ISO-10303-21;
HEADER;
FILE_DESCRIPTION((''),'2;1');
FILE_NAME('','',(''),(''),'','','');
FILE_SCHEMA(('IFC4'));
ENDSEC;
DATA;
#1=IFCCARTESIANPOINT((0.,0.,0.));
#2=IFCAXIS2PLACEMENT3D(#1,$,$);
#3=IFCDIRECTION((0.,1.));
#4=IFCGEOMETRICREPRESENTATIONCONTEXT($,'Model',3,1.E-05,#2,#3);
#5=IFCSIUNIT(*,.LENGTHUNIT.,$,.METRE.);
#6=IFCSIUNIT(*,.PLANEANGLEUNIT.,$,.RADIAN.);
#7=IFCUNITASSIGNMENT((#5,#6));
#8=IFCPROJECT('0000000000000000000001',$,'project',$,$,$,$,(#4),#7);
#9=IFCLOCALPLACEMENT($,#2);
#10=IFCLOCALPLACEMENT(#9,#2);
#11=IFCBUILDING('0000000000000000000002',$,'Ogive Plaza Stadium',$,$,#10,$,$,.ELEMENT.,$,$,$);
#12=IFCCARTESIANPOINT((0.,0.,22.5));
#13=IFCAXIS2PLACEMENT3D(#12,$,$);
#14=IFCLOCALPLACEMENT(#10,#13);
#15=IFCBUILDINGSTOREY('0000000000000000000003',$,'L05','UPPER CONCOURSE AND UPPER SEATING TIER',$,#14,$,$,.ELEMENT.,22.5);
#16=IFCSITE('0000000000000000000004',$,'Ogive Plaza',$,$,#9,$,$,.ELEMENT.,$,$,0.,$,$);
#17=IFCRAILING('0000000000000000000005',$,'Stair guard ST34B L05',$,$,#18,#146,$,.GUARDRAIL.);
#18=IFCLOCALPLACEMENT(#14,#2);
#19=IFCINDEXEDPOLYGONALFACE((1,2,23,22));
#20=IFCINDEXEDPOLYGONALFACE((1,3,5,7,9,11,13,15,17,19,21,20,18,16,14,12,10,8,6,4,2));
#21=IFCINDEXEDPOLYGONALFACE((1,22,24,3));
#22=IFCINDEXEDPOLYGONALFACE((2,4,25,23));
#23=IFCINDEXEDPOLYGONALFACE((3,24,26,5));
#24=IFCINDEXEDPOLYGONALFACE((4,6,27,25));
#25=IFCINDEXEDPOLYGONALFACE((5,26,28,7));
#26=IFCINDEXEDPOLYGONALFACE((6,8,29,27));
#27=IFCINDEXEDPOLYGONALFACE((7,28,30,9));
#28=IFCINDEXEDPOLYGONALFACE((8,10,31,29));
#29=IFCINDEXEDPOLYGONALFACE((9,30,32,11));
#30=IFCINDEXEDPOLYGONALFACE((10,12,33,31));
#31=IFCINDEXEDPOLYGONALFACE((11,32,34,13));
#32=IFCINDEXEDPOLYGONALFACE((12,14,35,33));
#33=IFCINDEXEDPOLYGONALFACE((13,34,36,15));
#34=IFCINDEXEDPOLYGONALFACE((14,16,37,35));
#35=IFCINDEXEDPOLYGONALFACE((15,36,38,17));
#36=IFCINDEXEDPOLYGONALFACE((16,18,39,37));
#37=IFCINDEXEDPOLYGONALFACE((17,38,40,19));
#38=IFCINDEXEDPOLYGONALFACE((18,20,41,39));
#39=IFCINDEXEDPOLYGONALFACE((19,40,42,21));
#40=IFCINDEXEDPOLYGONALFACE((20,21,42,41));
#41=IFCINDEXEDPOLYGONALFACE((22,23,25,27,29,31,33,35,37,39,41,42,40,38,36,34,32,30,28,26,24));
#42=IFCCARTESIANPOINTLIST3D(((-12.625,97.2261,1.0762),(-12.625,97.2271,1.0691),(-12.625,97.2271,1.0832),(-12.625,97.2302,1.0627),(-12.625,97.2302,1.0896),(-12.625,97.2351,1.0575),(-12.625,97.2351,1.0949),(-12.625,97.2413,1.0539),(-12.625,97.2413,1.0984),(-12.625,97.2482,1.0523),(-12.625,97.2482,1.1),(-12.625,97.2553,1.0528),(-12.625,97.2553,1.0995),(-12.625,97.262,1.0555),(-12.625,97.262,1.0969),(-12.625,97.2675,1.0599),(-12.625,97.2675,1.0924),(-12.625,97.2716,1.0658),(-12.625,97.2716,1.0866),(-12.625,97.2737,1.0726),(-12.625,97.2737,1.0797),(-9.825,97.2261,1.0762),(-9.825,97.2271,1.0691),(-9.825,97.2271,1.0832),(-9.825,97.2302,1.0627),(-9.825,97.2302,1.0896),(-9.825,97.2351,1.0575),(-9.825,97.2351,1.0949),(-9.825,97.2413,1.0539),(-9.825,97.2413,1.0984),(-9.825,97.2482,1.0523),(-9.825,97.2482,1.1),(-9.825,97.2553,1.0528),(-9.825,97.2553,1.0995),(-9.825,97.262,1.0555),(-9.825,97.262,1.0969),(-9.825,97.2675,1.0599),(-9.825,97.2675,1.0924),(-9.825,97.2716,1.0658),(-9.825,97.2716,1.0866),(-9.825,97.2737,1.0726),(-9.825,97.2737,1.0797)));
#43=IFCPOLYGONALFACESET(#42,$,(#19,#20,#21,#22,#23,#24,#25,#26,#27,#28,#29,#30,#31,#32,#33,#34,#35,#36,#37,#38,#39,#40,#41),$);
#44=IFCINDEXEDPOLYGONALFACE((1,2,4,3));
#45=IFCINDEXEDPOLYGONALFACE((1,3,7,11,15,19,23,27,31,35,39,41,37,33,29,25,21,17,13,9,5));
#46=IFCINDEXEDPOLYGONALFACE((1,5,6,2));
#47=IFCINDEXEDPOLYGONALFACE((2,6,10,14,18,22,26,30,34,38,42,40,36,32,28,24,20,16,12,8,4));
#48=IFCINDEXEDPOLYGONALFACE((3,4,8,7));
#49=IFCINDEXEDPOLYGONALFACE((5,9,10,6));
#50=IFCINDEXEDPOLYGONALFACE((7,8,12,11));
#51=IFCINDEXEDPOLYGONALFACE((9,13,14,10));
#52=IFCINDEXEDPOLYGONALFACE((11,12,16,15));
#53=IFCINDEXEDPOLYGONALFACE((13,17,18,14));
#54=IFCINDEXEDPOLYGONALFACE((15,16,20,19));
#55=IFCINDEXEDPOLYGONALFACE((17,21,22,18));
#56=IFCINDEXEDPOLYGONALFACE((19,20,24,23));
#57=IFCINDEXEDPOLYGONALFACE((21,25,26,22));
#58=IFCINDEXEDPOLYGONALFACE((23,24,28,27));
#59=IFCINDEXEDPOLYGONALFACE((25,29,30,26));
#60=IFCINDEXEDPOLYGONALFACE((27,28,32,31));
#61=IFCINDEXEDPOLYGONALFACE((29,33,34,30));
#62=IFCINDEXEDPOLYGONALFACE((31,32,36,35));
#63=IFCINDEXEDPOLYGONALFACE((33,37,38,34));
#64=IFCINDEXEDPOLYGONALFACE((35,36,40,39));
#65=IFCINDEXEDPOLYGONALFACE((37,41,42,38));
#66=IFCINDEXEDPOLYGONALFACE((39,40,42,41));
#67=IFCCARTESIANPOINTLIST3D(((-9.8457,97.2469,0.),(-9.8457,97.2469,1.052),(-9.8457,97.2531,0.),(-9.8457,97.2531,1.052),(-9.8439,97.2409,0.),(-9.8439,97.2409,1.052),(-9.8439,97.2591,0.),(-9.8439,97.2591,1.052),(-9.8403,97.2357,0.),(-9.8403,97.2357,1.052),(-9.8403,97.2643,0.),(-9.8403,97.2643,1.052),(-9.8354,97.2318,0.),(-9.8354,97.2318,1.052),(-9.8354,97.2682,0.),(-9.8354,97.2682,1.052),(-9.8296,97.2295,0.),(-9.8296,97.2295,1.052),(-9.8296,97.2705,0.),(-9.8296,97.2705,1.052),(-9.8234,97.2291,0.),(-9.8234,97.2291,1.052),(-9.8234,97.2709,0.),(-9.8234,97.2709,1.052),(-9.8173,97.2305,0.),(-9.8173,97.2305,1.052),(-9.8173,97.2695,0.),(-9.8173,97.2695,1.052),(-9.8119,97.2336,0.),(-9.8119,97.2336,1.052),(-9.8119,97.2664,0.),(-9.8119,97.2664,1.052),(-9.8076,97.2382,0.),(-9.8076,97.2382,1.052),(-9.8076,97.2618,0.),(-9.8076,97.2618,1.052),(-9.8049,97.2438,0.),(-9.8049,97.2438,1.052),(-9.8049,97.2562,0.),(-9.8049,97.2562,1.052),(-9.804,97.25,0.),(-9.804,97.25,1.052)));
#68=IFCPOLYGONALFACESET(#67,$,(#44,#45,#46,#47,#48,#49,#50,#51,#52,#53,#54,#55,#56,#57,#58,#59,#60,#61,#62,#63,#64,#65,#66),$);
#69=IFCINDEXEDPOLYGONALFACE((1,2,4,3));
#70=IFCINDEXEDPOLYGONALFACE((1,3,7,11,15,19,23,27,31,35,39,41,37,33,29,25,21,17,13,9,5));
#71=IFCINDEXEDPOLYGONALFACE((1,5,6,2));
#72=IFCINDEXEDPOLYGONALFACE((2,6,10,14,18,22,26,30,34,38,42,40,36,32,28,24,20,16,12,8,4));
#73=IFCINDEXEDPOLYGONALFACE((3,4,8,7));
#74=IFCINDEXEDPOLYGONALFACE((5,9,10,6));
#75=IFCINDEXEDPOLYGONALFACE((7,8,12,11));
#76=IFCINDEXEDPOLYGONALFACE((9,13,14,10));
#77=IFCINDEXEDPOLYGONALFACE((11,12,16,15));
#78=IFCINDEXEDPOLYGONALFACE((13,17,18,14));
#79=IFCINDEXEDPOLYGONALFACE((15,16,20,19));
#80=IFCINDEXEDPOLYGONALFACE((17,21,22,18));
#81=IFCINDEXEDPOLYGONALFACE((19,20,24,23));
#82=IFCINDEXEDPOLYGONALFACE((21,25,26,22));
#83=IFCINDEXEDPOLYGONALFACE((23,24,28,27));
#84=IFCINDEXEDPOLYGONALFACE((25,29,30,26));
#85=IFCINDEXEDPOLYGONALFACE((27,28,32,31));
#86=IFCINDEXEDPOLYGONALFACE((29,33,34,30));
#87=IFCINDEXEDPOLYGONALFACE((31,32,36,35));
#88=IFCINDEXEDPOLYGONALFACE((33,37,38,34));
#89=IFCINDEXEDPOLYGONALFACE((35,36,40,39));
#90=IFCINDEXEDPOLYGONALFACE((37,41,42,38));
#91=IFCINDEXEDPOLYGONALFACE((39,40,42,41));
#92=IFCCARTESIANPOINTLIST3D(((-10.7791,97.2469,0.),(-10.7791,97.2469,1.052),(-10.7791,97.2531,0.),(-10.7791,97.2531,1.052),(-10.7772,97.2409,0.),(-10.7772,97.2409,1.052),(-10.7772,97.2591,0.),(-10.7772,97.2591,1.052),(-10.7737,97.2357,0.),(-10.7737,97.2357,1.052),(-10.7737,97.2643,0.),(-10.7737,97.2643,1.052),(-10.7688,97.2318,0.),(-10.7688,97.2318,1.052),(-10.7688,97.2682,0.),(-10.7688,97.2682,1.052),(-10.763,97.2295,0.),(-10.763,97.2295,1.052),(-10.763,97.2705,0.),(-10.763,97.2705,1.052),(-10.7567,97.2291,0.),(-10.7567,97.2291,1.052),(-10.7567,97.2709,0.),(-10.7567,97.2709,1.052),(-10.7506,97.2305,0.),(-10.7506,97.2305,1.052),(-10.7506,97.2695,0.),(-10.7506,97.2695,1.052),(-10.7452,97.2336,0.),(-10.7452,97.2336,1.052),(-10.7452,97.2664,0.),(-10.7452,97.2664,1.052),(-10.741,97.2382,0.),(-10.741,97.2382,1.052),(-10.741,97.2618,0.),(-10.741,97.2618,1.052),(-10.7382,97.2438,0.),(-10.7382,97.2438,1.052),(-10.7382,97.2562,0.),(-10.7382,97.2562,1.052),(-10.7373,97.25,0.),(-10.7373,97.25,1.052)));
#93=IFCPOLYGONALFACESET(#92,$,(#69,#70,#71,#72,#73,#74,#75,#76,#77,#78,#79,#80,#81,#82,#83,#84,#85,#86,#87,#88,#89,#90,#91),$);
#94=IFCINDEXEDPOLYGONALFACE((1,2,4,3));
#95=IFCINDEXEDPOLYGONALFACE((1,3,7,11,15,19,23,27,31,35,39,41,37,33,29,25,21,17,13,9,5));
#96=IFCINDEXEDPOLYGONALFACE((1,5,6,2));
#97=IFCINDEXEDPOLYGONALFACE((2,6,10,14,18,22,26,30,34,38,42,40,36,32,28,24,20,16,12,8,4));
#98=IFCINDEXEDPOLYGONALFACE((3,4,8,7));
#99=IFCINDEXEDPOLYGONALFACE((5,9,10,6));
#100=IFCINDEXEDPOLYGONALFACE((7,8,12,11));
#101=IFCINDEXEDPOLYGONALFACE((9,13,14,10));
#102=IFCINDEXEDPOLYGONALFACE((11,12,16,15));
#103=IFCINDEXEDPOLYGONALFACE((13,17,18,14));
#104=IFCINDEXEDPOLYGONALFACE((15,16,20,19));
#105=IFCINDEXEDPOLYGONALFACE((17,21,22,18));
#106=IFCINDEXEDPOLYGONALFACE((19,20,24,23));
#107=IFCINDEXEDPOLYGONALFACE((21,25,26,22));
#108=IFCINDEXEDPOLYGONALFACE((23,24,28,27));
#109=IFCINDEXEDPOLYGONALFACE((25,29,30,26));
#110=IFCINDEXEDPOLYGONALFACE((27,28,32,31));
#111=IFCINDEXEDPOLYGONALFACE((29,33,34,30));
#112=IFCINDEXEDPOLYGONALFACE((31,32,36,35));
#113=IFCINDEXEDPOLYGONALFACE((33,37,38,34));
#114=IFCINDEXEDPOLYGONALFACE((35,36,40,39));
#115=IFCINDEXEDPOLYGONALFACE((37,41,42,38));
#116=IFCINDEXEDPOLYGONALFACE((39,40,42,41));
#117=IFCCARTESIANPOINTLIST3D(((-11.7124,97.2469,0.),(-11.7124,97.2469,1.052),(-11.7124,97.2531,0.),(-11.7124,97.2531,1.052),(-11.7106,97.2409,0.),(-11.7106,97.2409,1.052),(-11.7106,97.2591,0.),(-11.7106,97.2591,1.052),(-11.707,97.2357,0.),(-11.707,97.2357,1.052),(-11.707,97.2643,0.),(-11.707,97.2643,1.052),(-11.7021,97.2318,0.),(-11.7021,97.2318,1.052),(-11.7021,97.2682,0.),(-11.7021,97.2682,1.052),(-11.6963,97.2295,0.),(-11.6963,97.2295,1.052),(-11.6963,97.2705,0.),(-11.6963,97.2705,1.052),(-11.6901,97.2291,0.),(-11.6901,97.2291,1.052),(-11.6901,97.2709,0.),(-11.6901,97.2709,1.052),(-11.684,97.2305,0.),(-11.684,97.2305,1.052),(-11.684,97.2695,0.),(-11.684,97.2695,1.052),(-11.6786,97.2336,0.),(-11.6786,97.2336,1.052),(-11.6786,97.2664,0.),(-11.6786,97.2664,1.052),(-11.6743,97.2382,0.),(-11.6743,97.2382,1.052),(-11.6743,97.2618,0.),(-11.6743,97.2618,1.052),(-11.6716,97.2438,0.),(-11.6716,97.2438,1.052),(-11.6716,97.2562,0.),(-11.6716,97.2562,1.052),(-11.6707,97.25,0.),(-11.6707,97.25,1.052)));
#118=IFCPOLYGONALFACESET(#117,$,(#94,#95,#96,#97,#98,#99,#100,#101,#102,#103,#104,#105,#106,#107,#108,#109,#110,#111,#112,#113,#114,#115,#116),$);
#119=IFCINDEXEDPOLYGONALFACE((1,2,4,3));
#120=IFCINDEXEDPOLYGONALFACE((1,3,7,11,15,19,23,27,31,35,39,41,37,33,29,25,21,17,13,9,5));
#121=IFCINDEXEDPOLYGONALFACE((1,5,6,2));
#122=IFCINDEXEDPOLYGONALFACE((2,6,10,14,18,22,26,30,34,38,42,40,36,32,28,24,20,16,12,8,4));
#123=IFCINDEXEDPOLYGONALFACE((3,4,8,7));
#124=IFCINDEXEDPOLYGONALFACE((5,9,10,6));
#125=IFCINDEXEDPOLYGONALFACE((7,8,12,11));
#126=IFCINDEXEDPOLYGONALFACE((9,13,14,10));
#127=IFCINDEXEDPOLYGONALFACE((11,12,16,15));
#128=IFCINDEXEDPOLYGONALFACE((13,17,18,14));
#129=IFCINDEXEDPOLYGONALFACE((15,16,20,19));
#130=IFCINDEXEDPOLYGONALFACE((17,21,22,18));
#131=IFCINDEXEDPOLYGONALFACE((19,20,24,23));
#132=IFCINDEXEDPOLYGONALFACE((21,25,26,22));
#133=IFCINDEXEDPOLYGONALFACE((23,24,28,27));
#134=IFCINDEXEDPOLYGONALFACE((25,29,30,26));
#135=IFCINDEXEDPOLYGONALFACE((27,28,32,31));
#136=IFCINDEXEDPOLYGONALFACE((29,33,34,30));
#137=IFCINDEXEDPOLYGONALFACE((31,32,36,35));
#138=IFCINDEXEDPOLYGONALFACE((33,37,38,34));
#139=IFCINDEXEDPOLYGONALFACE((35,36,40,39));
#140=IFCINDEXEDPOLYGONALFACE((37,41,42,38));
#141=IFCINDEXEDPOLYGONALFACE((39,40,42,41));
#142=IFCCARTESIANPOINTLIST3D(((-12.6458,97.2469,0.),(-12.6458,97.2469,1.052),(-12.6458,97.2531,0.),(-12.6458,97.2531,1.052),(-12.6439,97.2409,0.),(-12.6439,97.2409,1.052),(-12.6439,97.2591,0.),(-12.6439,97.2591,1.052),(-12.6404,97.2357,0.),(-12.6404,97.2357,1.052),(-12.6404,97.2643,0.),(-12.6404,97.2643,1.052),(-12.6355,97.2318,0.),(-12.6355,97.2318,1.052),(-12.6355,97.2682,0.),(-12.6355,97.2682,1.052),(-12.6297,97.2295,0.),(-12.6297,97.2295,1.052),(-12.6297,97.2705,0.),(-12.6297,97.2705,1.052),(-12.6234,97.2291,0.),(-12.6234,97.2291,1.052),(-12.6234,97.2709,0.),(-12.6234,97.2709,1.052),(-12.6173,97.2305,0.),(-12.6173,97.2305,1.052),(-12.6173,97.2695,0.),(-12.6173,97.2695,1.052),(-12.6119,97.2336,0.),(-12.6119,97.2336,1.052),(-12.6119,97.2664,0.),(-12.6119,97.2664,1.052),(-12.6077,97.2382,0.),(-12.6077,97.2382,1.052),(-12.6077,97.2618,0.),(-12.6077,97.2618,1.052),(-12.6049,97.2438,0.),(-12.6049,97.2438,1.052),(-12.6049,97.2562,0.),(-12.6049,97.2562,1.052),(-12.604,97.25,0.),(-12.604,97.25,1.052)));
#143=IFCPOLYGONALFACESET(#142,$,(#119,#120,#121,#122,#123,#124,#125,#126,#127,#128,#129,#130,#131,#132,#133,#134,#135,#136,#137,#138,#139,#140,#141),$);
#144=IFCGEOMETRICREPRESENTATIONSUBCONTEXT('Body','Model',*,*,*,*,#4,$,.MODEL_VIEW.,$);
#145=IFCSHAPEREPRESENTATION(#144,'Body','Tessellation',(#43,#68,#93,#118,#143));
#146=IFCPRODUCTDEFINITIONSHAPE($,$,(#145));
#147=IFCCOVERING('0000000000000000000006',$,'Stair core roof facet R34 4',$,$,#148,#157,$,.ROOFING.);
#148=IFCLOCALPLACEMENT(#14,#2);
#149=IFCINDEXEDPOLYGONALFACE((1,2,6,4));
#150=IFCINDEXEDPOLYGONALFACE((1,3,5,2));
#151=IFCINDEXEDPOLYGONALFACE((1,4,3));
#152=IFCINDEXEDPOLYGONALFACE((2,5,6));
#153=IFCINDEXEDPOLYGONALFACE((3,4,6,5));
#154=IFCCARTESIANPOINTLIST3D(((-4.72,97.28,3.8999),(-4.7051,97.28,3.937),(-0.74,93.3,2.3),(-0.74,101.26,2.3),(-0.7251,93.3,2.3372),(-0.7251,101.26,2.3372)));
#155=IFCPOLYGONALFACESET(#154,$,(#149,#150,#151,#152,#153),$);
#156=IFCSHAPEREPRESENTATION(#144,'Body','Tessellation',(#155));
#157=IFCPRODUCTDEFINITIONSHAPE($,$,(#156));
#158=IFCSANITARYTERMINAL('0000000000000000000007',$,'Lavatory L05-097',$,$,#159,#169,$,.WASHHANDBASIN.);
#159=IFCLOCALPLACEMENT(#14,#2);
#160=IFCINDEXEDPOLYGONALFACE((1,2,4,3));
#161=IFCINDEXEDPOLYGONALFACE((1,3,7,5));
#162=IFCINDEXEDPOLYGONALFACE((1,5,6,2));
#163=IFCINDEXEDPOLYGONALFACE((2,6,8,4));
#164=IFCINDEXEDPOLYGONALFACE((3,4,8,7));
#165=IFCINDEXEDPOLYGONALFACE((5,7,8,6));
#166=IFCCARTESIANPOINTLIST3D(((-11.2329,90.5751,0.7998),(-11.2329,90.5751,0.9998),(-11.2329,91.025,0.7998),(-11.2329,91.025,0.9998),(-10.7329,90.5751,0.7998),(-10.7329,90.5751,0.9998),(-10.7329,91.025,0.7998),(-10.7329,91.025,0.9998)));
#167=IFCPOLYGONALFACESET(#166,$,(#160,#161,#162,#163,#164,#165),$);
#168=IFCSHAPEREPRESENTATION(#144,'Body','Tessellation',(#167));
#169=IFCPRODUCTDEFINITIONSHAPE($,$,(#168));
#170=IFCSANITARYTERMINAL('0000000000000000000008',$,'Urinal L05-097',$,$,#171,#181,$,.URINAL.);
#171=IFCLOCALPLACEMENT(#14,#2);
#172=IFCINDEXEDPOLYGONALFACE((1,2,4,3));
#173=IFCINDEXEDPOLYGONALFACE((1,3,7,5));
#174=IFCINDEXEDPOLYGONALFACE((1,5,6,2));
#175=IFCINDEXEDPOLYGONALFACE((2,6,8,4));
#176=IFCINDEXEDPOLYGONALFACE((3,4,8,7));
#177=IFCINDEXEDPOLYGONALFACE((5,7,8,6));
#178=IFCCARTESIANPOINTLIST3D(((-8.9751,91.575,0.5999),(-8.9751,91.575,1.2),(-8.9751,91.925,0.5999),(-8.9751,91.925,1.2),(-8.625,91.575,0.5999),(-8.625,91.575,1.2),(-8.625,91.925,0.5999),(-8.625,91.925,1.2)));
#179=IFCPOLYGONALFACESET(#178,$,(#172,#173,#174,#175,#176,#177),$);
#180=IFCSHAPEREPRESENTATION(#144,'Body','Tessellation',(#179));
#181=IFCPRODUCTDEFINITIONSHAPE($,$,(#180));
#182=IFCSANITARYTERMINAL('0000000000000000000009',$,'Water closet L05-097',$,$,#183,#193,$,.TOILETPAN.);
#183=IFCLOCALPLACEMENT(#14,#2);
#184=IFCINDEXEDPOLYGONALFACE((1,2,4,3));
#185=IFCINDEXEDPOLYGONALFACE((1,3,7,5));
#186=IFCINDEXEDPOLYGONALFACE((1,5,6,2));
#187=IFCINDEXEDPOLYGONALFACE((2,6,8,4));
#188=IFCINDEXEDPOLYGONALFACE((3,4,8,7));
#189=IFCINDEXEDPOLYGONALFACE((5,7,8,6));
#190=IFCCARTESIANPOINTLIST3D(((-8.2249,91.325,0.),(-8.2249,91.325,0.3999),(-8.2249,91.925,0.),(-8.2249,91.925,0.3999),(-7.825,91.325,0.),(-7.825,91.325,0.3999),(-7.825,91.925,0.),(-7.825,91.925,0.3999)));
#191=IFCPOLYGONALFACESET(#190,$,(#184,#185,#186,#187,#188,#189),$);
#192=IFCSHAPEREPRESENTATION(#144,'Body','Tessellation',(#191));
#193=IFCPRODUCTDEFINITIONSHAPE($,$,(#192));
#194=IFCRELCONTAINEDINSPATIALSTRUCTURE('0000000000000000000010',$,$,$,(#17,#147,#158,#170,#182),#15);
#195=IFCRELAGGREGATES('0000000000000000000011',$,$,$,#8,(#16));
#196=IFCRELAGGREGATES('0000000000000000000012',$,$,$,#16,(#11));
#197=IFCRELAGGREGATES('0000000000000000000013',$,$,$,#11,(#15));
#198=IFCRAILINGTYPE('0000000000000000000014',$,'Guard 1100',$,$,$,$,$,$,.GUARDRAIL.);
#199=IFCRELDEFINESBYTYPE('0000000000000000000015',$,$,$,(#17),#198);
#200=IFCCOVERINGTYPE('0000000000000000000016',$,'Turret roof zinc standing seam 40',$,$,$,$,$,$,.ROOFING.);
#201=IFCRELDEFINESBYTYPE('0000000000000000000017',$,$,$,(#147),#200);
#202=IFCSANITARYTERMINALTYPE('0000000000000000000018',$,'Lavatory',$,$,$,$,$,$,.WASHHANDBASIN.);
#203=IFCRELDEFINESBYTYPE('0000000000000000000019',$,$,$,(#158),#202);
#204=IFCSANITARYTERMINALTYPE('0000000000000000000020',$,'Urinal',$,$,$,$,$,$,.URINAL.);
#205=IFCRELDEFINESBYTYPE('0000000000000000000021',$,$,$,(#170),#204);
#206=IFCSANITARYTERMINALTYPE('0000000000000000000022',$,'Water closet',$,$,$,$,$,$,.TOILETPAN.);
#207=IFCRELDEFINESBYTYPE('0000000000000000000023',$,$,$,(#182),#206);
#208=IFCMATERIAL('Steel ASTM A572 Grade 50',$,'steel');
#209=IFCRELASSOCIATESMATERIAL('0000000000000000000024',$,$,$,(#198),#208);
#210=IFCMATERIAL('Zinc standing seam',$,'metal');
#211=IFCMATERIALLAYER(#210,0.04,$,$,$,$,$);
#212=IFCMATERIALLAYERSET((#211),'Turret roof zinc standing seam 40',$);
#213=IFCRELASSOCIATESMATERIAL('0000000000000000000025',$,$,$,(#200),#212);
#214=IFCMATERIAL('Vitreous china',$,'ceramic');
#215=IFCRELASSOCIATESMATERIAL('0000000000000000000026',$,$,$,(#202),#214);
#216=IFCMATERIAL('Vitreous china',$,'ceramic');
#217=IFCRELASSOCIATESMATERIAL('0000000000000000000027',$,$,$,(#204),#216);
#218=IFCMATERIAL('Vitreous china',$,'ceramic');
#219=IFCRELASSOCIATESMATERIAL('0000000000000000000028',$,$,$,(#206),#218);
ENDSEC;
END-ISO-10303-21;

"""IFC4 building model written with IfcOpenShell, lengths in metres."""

from ifc_helpers import new_model, si_unit, direction, frame, origin, origin_2d, place, context, subcontext, project, spatial, polyline, rectangle, circle, outline, extrude, material, layer, layer_set, type_object, element, save


model = new_model("IFC4")

# Units and contexts
model_context = context("Model", 3, precision=1e-05, world=origin(), true_north=direction((0.0, 1.0)))
body_context = subcontext(model_context, "Body", "Model", "MODEL_VIEW")
ifc_project = project(units=[si_unit("LENGTHUNIT", "METRE"), si_unit("PLANEANGLEUNIT", "RADIAN")], contexts=[model_context])

# Site, building, storey
site_placement = place(None, origin())
site = spatial("IfcSite", under=ifc_project, at=site_placement, Name="Ogive Plaza", CompositionType="ELEMENT", RefElevation=0.0)
building_placement = place(site_placement, origin())
building = spatial("IfcBuilding", under=site, at=building_placement, Name="Ogive Plaza Stadium", CompositionType="ELEMENT")
storey_placement = place(building_placement, frame((0.0, 0.0, 22.5)))
storey = spatial("IfcBuildingStorey", under=building, at=storey_placement, Name="L05", Description="UPPER CONCOURSE AND UPPER SEATING TIER", CompositionType="ELEMENT", Elevation=22.5)

# Railing
ifc_material_1 = material(Name="Steel ASTM A572 Grade 50", Category="steel")
railing_type = type_object("IfcRailingType", Name="Guard 1100", PredefinedType="GUARDRAIL", material=ifc_material_1)
railing_placement = place(storey_placement, frame((-9.825, 97.25, 0.0)))
element("IfcRailing", 1, at=railing_placement, inside=storey, type_object=railing_type, Name="Stair guard ST34B L05", PredefinedType="GUARDRAIL", context=body_context, shape_type="SweptSolid", body=[
    extrude(circle(Radius=0.0239, at=origin_2d()), frame((0.0, 0.0, 1.0762), z_axis=(-1.0, 0.0, 0.0), x_axis=(0.0, -1.0, 0.0)), (0.0, 0.0, 1.0), 2.8),
    extrude(circle(Radius=0.021, at=origin_2d()), origin(), (0.0, 0.0, 1.0), 1.052),
    extrude(circle(Radius=0.021, at=origin_2d()), frame((-0.9333, 0.0, 0.0)), (0.0, 0.0, 1.0), 1.052),
    extrude(circle(Radius=0.021, at=origin_2d()), frame((-1.8667, 0.0, 0.0)), (0.0, 0.0, 1.0), 1.052),
    extrude(circle(Radius=0.021, at=origin_2d()), frame((-2.8, 0.0, 0.0)), (0.0, 0.0, 1.0), 1.052),
])

# Covering
ifc_material_2 = material(Name="Zinc standing seam", Category="metal")
ifc_layer_1 = layer(ifc_material_2, 0.04)
ifc_layer_set_1 = layer_set([ifc_layer_1], Name="Turret roof zinc standing seam 40")
covering_type = type_object("IfcCoveringType", Name="Turret roof zinc standing seam 40", PredefinedType="ROOFING", material=ifc_layer_set_1)
covering_placement = place(storey_placement, frame((-0.7251, 93.3, 2.3372), z_axis=(0.37297, 0.0, 0.927843), x_axis=(0.0, 1.0, 0.0)))
element("IfcCovering", 2, at=covering_placement, inside=storey, type_object=covering_type, Name="Stair core roof facet R34 4", PredefinedType="ROOFING", context=body_context, shape_type="SweptSolid", body=[
    extrude(outline(polyline([(0.0, 0.0), (7.96, 0.0), (3.98, 4.2895), (0.0, 0.0)])), origin(), (0.0, 0.0, -1.0), 0.04),
])

# Sanitary terminals
ifc_material_3 = material(Name="Vitreous china", Category="ceramic")
sanitary_terminal_type_1 = type_object("IfcSanitaryTerminalType", Name="Lavatory", PredefinedType="WASHHANDBASIN", material=ifc_material_3)
sanitary_terminal_1_placement = place(storey_placement, frame((-10.9829, 90.8, 0.7998), z_axis=(0.0, 0.0, 1.0), x_axis=(1.0, 0.0, 0.0)))
element("IfcSanitaryTerminal", 3, at=sanitary_terminal_1_placement, inside=storey, type_object=sanitary_terminal_type_1, Name="Lavatory L05-097", PredefinedType="WASHHANDBASIN", context=body_context, shape_type="SweptSolid", body=[
    extrude(rectangle(XDim=0.5, YDim=0.45, at=origin_2d()), origin(), (0.0, 0.0, 1.0), 0.2),
])
ifc_material_4 = material(Name="Vitreous china", Category="ceramic")
sanitary_terminal_type_2 = type_object("IfcSanitaryTerminalType", Name="Urinal", PredefinedType="URINAL", material=ifc_material_4)
sanitary_terminal_2_placement = place(storey_placement, frame((-8.8, 91.75, 0.5999), z_axis=(0.0, 0.0, 1.0), x_axis=(-1.0, 0.0, 0.0)))
element("IfcSanitaryTerminal", 4, at=sanitary_terminal_2_placement, inside=storey, type_object=sanitary_terminal_type_2, Name="Urinal L05-097", PredefinedType="URINAL", context=body_context, shape_type="SweptSolid", body=[
    extrude(rectangle(XDim=0.3501, YDim=0.3501, at=origin_2d()), origin(), (0.0, 0.0, 1.0), 0.6001),
])
ifc_material_5 = material(Name="Vitreous china", Category="ceramic")
sanitary_terminal_type_3 = type_object("IfcSanitaryTerminalType", Name="Water closet", PredefinedType="TOILETPAN", material=ifc_material_5)
sanitary_terminal_3_placement = place(storey_placement, frame((-8.0249, 91.625, 0.0), z_axis=(0.0, 0.0, 1.0), x_axis=(-1.0, 0.0, 0.0)))
element("IfcSanitaryTerminal", 5, at=sanitary_terminal_3_placement, inside=storey, type_object=sanitary_terminal_type_3, Name="Water closet L05-097", PredefinedType="TOILETPAN", context=body_context, shape_type="SweptSolid", body=[
    extrude(rectangle(XDim=0.3999, YDim=0.6001, at=origin_2d()), origin(), (0.0, 0.0, 1.0), 0.3999),
])

save(model, "model.ifc")
